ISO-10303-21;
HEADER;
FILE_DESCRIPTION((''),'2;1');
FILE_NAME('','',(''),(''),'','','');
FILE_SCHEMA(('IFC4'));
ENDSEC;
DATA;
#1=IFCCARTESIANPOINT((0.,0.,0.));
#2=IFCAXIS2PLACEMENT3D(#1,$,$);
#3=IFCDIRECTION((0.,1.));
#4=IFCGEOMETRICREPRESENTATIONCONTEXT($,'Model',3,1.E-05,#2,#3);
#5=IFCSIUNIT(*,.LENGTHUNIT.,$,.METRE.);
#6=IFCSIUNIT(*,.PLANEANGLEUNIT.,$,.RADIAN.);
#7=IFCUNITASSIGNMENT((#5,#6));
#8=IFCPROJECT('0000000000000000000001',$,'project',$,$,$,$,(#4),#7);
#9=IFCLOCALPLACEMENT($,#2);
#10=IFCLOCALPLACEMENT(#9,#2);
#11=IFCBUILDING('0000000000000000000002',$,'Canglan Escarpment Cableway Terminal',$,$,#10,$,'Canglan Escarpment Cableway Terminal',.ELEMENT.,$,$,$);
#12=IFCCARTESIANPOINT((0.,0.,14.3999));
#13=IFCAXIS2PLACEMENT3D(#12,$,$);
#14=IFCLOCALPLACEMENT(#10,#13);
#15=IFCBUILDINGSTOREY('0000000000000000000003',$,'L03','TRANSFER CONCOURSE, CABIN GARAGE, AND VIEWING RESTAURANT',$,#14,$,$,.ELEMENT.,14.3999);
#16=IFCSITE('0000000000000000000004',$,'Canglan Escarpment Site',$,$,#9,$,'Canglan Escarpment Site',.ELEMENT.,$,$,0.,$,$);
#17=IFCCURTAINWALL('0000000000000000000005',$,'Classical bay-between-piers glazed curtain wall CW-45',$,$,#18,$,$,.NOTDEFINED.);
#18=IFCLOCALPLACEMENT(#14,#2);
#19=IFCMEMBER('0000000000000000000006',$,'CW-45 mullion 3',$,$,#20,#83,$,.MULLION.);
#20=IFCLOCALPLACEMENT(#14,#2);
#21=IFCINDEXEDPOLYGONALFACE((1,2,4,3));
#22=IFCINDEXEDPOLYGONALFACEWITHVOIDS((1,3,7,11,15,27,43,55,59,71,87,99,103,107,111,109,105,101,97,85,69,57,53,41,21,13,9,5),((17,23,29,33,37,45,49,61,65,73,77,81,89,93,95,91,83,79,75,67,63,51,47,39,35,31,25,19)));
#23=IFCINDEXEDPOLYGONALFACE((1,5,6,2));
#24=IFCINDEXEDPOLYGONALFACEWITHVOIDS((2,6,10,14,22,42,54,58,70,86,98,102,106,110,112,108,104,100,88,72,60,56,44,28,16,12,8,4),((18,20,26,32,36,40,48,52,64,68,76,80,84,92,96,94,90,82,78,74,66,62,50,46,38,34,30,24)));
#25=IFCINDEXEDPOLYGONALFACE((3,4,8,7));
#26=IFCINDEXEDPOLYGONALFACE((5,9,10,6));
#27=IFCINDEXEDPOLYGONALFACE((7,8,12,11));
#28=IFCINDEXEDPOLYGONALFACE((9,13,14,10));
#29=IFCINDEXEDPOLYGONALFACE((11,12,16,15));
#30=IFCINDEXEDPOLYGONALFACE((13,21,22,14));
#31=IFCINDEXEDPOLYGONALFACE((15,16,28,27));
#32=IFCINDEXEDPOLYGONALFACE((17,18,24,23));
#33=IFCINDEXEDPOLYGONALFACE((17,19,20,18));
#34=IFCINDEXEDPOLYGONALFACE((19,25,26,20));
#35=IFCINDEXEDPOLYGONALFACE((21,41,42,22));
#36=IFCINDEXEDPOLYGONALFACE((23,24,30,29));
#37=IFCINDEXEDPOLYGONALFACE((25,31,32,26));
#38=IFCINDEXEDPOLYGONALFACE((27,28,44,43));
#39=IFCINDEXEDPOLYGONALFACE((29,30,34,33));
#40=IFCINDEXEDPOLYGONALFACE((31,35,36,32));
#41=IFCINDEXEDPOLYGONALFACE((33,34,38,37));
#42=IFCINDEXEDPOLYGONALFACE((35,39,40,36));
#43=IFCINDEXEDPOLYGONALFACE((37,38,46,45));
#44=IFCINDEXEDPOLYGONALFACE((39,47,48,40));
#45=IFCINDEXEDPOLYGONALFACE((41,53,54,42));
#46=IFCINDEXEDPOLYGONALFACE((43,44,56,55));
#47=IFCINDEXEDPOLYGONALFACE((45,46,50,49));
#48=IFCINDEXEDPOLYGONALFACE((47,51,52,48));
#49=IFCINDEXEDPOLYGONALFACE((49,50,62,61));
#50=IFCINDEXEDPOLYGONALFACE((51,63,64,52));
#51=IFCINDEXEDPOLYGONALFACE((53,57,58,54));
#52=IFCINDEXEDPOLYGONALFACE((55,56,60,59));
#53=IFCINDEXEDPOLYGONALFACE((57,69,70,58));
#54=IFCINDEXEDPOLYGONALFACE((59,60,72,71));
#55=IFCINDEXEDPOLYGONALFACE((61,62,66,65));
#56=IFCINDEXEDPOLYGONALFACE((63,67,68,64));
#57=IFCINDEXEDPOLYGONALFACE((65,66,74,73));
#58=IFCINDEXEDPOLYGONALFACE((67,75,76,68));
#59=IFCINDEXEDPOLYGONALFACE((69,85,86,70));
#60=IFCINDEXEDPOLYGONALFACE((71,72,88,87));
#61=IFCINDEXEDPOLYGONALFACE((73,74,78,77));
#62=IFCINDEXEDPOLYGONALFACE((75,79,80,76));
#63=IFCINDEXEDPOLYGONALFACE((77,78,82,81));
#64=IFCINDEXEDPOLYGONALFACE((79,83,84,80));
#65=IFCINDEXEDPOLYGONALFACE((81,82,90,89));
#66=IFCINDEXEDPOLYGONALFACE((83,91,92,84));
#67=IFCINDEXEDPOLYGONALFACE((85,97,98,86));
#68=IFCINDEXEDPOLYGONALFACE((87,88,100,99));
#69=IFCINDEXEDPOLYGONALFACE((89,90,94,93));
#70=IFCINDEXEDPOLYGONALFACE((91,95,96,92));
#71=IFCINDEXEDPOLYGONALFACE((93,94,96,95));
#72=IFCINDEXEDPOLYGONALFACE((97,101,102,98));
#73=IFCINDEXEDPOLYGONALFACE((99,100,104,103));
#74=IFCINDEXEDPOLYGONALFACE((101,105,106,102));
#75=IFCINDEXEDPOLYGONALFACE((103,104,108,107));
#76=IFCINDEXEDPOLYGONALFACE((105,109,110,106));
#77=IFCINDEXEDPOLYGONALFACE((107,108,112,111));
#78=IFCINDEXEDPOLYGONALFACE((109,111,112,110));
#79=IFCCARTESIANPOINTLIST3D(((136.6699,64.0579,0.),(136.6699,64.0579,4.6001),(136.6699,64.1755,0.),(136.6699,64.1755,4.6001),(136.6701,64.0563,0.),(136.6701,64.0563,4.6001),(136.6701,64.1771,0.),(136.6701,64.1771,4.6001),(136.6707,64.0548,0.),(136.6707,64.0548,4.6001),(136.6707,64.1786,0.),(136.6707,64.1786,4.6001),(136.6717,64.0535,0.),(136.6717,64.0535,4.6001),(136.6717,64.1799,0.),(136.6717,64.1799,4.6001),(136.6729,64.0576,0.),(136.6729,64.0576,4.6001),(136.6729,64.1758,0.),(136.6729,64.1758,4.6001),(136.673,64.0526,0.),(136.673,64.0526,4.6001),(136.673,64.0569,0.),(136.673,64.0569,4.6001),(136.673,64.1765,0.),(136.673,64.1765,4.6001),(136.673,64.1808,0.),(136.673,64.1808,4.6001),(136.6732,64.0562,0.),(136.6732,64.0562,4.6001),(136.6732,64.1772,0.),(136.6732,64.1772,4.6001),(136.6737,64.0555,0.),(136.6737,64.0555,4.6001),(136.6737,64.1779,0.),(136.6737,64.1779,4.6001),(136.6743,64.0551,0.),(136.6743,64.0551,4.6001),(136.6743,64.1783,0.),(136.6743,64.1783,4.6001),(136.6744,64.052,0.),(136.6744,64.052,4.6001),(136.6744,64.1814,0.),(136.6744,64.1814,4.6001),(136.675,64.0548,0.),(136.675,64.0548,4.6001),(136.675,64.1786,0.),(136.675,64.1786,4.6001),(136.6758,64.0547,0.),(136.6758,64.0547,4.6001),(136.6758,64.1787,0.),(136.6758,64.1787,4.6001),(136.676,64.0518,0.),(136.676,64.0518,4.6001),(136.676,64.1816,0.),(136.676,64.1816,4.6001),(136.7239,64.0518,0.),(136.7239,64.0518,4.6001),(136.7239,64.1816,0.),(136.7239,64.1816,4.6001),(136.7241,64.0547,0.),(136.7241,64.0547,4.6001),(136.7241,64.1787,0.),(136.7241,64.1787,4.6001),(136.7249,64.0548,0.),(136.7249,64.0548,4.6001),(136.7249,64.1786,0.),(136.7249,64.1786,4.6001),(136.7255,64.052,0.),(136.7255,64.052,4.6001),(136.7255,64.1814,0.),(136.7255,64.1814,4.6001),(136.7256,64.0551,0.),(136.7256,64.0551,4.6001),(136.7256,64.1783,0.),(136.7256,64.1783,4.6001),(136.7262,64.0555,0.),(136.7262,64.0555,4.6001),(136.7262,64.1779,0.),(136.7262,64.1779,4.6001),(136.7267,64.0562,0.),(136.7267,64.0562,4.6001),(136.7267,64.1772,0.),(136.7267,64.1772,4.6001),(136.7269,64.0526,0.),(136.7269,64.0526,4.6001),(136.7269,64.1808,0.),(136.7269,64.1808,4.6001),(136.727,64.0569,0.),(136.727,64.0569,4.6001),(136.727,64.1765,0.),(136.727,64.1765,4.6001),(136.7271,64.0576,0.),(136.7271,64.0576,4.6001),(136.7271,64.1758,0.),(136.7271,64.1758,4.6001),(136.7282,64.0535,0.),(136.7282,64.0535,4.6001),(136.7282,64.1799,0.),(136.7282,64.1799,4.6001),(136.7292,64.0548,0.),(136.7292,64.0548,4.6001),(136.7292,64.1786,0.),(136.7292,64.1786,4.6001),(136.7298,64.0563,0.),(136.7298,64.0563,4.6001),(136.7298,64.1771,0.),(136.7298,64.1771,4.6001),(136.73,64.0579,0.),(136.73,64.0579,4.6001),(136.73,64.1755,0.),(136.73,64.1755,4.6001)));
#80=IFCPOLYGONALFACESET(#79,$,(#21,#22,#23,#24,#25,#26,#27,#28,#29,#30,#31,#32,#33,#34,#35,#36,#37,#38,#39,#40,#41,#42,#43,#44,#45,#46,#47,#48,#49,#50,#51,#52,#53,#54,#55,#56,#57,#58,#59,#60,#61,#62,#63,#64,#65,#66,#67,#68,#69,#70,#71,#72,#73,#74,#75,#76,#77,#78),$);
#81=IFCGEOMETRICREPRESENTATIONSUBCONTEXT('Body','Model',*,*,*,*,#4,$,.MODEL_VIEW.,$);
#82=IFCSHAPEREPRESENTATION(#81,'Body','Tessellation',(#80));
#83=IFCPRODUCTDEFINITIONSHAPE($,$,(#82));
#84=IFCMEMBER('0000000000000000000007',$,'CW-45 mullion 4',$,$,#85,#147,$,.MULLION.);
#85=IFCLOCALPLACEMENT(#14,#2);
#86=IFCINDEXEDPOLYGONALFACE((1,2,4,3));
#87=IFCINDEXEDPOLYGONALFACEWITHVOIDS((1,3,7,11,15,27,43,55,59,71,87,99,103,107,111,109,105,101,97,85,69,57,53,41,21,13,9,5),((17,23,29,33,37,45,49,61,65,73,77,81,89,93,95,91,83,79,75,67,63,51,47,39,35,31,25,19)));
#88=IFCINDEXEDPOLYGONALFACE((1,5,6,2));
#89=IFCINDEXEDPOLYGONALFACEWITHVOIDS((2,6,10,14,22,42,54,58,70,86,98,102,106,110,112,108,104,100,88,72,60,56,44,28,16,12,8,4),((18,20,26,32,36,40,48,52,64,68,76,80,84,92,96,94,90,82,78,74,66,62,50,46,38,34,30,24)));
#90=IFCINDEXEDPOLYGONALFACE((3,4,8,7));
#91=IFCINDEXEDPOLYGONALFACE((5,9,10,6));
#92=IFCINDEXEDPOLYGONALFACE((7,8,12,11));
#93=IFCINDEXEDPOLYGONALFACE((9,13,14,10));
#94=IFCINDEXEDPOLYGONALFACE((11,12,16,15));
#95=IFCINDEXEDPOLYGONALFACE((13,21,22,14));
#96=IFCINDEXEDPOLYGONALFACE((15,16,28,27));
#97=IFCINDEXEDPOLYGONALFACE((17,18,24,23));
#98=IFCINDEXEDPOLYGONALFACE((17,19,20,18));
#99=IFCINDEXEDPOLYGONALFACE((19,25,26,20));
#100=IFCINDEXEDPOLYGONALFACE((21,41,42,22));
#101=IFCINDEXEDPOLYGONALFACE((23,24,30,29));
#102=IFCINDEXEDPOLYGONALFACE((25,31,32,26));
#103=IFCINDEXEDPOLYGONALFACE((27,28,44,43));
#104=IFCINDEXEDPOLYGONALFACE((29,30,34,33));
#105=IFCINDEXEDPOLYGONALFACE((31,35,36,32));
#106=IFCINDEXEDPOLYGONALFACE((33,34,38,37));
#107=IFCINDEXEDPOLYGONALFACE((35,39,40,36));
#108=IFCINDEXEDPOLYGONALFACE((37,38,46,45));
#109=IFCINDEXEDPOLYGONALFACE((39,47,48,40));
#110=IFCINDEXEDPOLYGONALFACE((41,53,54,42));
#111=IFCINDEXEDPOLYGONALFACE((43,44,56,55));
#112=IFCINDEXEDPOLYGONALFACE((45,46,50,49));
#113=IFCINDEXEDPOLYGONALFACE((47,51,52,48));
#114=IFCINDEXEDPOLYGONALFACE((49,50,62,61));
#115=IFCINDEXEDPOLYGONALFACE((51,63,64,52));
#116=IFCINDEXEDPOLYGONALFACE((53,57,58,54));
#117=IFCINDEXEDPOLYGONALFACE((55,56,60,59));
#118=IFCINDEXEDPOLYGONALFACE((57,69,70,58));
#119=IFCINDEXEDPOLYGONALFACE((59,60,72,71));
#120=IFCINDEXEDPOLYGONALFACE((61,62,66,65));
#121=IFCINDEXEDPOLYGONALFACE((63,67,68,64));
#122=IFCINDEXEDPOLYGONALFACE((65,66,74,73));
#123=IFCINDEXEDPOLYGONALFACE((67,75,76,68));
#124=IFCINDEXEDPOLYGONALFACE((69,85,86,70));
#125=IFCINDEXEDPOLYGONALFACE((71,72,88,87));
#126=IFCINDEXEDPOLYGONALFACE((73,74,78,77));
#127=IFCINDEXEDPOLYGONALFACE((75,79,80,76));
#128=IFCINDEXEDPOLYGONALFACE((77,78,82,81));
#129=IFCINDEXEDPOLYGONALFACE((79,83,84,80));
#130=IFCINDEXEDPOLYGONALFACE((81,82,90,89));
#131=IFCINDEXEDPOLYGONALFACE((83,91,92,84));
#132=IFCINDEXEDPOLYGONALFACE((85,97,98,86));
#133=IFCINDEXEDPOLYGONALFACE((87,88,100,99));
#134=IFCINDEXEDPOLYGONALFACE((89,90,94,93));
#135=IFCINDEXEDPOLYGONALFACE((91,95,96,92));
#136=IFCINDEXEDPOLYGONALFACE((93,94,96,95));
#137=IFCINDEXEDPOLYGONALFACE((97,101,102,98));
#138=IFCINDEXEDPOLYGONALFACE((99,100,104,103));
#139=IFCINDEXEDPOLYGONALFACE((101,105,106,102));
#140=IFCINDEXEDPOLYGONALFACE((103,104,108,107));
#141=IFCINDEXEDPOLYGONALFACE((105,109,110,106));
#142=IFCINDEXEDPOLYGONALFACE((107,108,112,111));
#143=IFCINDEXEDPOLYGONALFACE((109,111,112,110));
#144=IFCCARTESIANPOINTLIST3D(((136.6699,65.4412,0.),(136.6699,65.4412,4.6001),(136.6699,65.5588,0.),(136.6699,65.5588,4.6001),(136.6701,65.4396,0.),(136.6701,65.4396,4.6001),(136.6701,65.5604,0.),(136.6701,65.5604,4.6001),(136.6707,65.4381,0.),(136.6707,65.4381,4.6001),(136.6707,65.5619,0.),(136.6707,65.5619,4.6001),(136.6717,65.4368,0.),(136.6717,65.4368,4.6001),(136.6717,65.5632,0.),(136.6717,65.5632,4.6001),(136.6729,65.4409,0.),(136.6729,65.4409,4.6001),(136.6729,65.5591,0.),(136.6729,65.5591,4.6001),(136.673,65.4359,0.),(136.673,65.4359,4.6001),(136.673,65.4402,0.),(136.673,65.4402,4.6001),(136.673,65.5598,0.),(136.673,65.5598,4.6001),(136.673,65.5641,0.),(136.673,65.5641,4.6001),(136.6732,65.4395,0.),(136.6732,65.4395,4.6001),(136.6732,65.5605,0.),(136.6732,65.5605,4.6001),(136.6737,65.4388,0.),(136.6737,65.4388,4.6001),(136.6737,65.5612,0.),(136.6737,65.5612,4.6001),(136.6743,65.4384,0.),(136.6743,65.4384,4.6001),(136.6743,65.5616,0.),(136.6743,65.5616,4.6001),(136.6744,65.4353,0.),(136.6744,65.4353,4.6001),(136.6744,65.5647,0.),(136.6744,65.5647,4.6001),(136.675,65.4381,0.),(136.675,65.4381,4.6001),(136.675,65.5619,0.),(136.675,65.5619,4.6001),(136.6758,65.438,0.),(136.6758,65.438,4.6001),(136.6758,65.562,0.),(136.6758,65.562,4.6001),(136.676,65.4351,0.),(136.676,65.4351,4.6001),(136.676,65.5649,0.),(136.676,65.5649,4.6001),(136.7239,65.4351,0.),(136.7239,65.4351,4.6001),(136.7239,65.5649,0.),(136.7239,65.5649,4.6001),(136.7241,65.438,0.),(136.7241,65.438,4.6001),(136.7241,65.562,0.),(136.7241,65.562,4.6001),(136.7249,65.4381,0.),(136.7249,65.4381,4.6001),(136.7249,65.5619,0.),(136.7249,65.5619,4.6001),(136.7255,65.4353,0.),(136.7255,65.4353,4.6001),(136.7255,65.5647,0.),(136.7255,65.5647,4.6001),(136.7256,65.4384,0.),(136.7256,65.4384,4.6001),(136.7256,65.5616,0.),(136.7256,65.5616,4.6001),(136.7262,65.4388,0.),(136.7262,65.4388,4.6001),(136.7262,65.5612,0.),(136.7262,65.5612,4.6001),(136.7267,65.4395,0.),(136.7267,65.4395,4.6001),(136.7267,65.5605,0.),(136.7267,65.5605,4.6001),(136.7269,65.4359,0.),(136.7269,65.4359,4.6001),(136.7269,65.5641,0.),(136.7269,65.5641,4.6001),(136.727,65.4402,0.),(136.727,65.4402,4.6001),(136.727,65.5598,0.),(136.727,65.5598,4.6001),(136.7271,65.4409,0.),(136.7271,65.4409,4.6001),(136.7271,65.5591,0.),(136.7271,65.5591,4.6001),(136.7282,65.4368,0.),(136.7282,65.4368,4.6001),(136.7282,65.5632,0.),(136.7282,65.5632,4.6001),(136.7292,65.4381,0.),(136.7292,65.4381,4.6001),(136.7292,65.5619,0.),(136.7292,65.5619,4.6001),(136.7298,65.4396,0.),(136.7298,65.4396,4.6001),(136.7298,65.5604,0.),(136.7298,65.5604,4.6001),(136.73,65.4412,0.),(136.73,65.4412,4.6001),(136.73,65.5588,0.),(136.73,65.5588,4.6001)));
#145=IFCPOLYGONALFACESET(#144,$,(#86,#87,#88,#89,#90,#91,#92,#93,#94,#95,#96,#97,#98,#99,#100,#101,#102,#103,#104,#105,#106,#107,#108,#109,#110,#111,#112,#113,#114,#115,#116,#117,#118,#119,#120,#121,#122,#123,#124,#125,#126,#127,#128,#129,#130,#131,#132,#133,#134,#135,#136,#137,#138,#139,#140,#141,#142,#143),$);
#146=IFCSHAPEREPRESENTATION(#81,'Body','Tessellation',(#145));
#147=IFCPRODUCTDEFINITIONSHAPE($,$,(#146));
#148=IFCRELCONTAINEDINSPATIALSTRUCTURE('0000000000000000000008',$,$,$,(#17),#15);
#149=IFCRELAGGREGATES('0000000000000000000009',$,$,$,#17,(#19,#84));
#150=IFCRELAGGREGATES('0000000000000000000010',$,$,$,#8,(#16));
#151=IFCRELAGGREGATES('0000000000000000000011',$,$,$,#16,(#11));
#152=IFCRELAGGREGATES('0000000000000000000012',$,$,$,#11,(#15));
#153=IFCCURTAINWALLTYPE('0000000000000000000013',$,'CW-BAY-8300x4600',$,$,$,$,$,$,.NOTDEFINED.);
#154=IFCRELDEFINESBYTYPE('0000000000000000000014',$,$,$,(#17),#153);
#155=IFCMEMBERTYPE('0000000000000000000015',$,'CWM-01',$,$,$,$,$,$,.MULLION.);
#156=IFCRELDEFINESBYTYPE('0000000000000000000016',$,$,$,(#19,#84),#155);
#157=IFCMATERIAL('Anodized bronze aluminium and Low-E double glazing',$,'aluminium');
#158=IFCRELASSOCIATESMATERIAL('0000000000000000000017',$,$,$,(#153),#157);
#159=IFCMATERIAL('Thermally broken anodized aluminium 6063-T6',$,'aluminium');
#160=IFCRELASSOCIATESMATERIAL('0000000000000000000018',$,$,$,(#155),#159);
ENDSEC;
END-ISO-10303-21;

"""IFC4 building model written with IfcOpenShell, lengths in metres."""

from ifc_helpers import new_model, si_unit, direction, frame, origin, origin_2d, place, context, subcontext, project, spatial, hollow_rectangle, extrude, material, material_profile, profile_set, type_object, element, aggregate, save


model = new_model("IFC4")

# Units and contexts
model_context = context("Model", 3, precision=1e-05, world=origin(), true_north=direction((0.0, 1.0)))
body_context = subcontext(model_context, "Body", "Model", "MODEL_VIEW")
ifc_project = project(units=[si_unit("LENGTHUNIT", "METRE"), si_unit("PLANEANGLEUNIT", "RADIAN")], contexts=[model_context])

# Site, building, storey
site_placement = place(None, origin())
site = spatial("IfcSite", under=ifc_project, at=site_placement, Name="Canglan Escarpment Site", LongName="Canglan Escarpment Site", CompositionType="ELEMENT", RefElevation=0.0)
building_placement = place(site_placement, origin())
building = spatial("IfcBuilding", under=site, at=building_placement, Name="Canglan Escarpment Cableway Terminal", LongName="Canglan Escarpment Cableway Terminal", CompositionType="ELEMENT")
storey_placement = place(building_placement, frame((0.0, 0.0, 14.3999)))
storey = spatial("IfcBuildingStorey", under=building, at=storey_placement, Name="L03", Description="TRANSFER CONCOURSE, CABIN GARAGE, AND VIEWING RESTAURANT", CompositionType="ELEMENT", Elevation=14.3999)

# Curtain wall, members
ifc_material_1 = material(Name="Anodized bronze aluminium and Low-E double glazing", Category="aluminium")
curtain_wall_type = type_object("IfcCurtainWallType", Name="CW-BAY-8300x4600", PredefinedType="NOTDEFINED", material=ifc_material_1)
curtain_wall_placement = place(storey_placement, origin())
curtain_wall = element("IfcCurtainWall", 1, at=curtain_wall_placement, inside=storey, type_object=curtain_wall_type, Name="Classical bay-between-piers glazed curtain wall CW-45", PredefinedType="NOTDEFINED")
ifc_material_2 = material(Name="Thermally broken anodized aluminium 6063-T6", Category="aluminium")
ifc_material_profile_1 = material_profile(ifc_material_2, hollow_rectangle(XDim=0.0601, YDim=0.1299, WallThickness=0.0029, InnerFilletRadius=0.0029, OuterFilletRadius=0.0061, at=origin_2d()), Name="ALU-MULL 60x130x3")
ifc_profile_set_1 = profile_set([ifc_material_profile_1], Name="Thermally broken anodized aluminium 6063-T6")
member_type_1 = type_object("IfcMemberType", Name="CWM-01", PredefinedType="MULLION", material=ifc_profile_set_1)
member_1_placement = place(storey_placement, frame((136.7, 64.1167, 0.0), z_axis=(0.0, 0.0, 1.0), x_axis=(-1.0, 0.0, 0.0)))
member_1 = element("IfcMember", 2, at=member_1_placement, type_object=member_type_1, Name="CW-45 mullion 3", PredefinedType="MULLION", context=body_context, shape_type="SweptSolid", body=[
    extrude(hollow_rectangle(XDim=0.0601, YDim=0.1299, WallThickness=0.0029, InnerFilletRadius=0.0029, OuterFilletRadius=0.0061, at=origin_2d()), origin(), (0.0, 0.0, 1.0), 4.6001),
])
member_2_placement = place(storey_placement, frame((136.7, 65.5, 0.0), z_axis=(0.0, 0.0, 1.0), x_axis=(-1.0, 0.0, 0.0)))
member_2 = element("IfcMember", 3, at=member_2_placement, type_object=member_type_1, Name="CW-45 mullion 4", PredefinedType="MULLION", context=body_context, shape_type="SweptSolid", body=[
    extrude(hollow_rectangle(XDim=0.0601, YDim=0.1299, WallThickness=0.0029, InnerFilletRadius=0.0029, OuterFilletRadius=0.0061, at=origin_2d()), origin(), (0.0, 0.0, 1.0), 4.6001),
])

aggregate(curtain_wall, [member_1, member_2])

save(model, "model.ifc")
